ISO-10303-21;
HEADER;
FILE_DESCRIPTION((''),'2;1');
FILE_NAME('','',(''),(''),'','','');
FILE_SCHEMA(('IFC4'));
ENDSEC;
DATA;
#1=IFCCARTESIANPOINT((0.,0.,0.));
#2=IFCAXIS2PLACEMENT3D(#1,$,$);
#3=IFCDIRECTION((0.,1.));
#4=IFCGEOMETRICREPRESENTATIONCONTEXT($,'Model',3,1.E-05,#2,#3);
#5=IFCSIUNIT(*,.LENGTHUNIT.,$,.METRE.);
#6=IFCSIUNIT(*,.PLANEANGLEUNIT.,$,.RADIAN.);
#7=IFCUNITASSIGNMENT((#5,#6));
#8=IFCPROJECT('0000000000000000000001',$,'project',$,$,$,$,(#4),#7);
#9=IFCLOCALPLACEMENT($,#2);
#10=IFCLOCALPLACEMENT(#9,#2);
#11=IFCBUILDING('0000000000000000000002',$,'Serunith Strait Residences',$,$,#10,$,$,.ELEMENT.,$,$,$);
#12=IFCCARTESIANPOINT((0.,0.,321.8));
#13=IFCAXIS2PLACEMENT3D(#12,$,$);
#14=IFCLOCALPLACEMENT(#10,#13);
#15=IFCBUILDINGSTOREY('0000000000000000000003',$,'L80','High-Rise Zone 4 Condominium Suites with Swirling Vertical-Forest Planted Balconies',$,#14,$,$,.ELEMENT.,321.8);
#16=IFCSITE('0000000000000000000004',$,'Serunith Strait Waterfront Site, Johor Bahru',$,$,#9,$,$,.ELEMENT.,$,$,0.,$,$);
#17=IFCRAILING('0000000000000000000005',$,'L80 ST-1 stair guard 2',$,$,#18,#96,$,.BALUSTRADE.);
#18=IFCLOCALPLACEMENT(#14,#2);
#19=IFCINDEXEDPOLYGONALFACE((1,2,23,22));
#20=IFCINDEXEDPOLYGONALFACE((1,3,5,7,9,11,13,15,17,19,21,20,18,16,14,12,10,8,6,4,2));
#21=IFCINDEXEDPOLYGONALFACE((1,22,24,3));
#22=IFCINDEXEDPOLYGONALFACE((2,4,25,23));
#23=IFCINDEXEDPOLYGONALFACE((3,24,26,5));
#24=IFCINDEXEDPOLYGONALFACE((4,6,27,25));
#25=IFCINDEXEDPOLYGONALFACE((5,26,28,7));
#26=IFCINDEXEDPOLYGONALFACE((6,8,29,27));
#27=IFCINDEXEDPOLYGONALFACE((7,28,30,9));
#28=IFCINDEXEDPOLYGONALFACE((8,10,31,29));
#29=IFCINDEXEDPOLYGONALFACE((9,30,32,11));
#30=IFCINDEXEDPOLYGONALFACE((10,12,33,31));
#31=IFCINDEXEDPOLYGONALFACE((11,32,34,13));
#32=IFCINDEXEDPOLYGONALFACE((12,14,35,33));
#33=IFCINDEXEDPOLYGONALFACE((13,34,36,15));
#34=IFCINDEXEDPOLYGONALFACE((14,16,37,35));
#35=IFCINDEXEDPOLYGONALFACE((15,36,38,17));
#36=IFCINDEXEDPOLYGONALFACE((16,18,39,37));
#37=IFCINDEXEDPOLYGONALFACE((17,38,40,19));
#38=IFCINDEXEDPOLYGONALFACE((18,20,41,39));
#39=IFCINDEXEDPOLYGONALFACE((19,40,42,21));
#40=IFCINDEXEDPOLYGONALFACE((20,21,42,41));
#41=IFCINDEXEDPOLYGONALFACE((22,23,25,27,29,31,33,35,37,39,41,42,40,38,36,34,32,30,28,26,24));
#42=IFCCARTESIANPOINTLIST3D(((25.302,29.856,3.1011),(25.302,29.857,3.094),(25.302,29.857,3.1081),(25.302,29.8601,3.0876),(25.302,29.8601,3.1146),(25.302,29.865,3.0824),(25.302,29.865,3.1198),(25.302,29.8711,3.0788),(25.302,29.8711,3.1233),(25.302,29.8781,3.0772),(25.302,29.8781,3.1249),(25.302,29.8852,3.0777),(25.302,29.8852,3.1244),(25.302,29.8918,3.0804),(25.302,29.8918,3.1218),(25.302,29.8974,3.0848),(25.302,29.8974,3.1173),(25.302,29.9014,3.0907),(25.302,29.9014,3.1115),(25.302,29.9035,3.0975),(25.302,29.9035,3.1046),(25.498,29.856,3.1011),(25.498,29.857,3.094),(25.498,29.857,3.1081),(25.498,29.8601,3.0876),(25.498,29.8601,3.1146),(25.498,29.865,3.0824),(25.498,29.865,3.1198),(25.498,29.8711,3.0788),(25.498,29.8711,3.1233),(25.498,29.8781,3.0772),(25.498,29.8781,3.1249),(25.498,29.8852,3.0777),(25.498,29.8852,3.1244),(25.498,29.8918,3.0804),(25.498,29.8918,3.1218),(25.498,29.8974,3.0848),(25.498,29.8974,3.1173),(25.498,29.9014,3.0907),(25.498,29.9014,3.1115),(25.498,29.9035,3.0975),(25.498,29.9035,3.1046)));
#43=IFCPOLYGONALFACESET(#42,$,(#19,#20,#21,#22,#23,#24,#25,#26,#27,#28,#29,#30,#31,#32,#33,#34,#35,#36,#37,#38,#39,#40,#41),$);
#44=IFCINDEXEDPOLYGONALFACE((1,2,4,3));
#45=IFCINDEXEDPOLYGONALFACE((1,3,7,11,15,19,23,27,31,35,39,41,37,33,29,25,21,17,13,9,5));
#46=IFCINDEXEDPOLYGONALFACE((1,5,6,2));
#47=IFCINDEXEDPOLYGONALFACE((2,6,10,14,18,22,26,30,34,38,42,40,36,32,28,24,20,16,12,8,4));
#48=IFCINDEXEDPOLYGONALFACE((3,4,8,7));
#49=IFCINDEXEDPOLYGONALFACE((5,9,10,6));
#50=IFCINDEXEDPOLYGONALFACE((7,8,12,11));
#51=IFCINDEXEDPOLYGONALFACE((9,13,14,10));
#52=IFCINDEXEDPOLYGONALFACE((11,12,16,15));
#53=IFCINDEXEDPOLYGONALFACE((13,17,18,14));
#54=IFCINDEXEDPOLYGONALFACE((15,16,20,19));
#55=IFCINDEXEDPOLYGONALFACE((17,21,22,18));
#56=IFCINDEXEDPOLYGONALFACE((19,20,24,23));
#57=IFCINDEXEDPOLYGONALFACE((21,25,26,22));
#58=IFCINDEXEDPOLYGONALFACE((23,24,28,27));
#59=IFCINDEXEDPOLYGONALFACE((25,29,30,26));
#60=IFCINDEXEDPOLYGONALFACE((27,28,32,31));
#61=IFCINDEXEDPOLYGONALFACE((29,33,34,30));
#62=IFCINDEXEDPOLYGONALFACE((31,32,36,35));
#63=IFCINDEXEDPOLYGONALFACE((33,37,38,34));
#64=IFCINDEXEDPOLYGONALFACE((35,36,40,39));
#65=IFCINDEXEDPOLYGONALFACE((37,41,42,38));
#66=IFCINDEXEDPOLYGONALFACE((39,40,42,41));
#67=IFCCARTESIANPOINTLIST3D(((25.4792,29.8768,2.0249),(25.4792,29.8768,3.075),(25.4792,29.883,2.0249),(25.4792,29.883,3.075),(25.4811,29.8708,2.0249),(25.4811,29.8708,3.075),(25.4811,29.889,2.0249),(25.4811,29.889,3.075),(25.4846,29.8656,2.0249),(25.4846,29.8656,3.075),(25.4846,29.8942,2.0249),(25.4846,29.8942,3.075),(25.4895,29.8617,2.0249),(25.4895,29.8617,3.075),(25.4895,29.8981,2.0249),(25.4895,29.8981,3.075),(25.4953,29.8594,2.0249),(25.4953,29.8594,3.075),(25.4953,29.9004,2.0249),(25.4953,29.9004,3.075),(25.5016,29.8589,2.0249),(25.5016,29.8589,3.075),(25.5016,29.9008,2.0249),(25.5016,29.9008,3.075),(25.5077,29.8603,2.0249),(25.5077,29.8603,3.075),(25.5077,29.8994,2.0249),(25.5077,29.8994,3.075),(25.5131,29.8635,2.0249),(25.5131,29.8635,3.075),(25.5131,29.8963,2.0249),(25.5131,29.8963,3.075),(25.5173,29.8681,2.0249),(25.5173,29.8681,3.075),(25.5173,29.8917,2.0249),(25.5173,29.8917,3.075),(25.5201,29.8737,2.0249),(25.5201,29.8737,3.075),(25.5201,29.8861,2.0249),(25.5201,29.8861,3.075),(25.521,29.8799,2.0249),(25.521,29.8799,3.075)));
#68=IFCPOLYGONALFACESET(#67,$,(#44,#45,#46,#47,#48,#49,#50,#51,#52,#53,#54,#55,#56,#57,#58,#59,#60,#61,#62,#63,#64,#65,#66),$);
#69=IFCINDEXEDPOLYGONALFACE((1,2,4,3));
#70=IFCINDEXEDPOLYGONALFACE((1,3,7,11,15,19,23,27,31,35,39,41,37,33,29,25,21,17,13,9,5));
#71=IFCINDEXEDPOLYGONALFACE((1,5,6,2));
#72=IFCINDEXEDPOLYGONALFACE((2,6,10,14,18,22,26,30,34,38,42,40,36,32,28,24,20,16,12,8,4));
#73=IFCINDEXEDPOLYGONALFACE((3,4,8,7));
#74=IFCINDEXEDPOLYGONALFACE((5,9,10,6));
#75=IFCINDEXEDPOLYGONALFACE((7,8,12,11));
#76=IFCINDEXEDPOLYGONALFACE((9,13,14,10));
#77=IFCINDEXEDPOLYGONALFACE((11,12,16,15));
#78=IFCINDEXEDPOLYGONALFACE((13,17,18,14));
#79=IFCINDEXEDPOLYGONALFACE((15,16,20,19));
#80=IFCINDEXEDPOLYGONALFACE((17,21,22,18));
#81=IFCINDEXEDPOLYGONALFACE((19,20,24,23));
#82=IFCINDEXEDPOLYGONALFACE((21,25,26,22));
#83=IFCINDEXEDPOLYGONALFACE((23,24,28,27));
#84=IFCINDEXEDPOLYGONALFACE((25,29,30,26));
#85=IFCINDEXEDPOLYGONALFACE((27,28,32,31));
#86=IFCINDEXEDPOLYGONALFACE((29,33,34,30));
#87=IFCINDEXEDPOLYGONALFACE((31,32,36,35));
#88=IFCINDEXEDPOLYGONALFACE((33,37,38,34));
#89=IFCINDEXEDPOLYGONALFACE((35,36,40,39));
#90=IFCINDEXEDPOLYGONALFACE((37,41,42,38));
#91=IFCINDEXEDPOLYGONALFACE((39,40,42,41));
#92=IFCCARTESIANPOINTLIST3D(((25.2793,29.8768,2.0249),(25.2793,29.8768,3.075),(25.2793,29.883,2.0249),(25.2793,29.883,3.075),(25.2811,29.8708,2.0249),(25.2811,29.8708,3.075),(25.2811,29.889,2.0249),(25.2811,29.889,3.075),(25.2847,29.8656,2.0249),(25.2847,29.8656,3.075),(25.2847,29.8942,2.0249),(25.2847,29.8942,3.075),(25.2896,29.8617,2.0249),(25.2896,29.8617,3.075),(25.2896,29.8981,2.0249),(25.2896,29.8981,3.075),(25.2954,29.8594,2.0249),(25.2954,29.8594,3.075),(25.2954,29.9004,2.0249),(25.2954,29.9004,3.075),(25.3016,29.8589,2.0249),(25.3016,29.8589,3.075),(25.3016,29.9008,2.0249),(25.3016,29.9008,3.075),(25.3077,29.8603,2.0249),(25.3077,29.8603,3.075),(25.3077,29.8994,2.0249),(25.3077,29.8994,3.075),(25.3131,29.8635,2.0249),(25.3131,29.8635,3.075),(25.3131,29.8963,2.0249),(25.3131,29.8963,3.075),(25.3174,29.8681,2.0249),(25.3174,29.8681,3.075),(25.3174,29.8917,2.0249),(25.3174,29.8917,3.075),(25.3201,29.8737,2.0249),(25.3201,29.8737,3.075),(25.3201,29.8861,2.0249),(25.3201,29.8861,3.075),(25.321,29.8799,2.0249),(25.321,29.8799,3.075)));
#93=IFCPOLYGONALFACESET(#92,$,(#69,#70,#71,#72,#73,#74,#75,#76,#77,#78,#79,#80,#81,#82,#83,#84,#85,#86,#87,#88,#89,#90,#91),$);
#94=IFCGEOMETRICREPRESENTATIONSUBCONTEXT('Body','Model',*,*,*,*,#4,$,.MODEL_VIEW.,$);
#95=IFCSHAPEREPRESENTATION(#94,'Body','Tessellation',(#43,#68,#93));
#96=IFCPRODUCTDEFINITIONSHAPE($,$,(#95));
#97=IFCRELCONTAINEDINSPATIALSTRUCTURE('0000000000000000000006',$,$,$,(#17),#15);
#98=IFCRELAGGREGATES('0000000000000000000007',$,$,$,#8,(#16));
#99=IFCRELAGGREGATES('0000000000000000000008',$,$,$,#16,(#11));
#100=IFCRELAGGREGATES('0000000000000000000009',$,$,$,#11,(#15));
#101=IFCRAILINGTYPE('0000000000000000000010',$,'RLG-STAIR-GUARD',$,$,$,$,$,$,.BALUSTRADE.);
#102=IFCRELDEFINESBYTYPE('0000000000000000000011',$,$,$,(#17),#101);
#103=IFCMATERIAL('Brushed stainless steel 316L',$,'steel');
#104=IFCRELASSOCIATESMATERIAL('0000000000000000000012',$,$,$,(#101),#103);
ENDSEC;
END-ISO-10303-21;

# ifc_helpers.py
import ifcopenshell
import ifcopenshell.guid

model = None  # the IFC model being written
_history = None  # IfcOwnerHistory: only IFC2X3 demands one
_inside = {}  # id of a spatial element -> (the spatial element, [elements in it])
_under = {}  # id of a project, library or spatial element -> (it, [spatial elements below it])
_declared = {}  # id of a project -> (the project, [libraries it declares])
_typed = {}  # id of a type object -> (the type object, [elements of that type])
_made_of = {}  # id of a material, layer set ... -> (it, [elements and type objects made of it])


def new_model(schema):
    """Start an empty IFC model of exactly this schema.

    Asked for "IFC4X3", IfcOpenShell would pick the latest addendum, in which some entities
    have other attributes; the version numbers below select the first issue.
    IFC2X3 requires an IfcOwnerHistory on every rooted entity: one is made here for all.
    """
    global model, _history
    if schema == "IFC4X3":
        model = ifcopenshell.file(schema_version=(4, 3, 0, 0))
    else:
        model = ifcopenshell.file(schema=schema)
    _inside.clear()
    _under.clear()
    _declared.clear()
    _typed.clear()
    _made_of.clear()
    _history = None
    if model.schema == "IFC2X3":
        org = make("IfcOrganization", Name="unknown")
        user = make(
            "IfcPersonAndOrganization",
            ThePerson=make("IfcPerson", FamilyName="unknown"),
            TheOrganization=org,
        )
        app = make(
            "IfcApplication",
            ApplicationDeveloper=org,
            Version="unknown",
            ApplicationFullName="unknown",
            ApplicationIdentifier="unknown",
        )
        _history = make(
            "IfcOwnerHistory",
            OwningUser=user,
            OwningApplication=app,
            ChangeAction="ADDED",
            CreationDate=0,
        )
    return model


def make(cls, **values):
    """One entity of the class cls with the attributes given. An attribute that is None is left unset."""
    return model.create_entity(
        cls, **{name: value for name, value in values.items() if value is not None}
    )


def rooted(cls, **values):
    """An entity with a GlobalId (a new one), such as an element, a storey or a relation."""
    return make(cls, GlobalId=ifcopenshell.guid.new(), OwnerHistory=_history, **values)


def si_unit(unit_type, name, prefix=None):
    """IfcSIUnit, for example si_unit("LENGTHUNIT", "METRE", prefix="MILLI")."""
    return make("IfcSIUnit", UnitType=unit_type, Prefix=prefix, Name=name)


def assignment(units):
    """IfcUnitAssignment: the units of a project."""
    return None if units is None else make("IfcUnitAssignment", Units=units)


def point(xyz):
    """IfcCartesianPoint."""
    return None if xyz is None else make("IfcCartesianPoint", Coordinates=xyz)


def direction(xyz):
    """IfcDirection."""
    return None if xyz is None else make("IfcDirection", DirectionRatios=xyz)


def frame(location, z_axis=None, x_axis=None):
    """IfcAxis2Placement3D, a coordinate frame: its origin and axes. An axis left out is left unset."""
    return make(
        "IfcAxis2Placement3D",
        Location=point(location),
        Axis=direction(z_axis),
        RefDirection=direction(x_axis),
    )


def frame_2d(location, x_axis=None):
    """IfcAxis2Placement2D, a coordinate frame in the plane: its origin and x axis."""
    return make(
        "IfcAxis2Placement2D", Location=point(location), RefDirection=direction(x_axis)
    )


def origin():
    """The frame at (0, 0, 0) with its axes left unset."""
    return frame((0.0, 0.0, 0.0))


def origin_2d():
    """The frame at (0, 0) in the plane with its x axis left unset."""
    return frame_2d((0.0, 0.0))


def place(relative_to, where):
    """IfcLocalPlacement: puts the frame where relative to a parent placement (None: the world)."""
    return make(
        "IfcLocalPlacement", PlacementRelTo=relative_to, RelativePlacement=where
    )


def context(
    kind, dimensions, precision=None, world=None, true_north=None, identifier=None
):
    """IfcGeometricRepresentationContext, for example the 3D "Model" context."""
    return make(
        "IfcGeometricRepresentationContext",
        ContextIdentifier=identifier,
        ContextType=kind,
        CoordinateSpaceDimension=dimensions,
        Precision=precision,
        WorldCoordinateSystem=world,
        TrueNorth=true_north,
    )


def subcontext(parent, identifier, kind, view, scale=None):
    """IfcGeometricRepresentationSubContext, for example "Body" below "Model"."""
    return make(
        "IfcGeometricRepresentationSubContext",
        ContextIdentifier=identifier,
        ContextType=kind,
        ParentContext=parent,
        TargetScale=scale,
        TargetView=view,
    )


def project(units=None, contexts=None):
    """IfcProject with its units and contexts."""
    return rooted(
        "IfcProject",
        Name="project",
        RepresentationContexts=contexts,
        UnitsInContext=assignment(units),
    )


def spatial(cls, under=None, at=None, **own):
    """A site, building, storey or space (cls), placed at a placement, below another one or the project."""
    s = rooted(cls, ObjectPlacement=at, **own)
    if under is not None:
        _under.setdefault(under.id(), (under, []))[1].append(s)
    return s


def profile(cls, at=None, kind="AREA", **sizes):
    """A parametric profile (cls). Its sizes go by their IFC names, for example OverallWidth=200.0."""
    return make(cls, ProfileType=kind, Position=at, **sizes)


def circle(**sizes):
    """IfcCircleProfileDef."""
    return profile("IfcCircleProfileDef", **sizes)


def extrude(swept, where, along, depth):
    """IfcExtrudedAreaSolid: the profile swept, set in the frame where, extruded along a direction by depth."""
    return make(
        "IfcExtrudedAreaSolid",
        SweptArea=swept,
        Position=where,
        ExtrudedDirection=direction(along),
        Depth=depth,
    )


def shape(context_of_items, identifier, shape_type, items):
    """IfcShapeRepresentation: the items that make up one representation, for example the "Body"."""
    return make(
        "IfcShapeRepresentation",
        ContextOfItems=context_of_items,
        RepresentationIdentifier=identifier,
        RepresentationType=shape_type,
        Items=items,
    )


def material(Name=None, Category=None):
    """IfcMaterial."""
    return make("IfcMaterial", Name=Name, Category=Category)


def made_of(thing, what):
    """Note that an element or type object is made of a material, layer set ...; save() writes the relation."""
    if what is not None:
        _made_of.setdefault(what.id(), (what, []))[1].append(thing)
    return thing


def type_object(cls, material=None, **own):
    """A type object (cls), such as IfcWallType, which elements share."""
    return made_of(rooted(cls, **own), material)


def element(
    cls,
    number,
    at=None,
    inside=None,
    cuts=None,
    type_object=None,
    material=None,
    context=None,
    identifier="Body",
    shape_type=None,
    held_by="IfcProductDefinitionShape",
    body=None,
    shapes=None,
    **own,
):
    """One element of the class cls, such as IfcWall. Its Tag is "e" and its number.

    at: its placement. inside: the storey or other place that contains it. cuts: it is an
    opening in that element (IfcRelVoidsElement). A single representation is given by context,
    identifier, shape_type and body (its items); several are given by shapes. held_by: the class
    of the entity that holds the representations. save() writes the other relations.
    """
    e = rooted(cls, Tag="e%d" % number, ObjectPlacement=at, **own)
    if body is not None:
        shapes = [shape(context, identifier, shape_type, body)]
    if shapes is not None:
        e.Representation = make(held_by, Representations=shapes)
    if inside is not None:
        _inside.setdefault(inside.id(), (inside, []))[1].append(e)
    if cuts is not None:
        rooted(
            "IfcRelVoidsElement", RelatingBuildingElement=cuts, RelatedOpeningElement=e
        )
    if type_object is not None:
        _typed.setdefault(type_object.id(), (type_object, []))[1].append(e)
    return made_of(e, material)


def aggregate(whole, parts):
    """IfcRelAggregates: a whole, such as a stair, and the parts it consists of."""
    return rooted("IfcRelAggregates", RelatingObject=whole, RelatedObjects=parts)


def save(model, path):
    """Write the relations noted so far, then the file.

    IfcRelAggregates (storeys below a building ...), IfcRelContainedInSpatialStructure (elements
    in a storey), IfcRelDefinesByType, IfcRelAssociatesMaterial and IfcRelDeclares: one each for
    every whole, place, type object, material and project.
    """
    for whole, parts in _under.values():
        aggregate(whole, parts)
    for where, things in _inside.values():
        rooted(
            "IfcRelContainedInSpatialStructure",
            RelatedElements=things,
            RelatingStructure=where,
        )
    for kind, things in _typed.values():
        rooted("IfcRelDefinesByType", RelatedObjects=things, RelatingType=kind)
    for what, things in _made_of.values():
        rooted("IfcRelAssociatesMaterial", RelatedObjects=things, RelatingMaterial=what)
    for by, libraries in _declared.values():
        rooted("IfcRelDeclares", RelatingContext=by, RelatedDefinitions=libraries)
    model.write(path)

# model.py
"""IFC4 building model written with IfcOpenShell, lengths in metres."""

from ifc_helpers import new_model, si_unit, direction, frame, origin, origin_2d, place, context, subcontext, project, spatial, circle, extrude, material, type_object, element, save


model = new_model("IFC4")

# Units and contexts
model_context = context("Model", 3, precision=1e-05, world=origin(), true_north=direction((0.0, 1.0)))
body_context = subcontext(model_context, "Body", "Model", "MODEL_VIEW")
ifc_project = project(units=[si_unit("LENGTHUNIT", "METRE"), si_unit("PLANEANGLEUNIT", "RADIAN")], contexts=[model_context])

# Site, building, storey
site_placement = place(None, origin())
site = spatial("IfcSite", under=ifc_project, at=site_placement, Name="Serunith Strait Waterfront Site, Johor Bahru", CompositionType="ELEMENT", RefElevation=0.0)
building_placement = place(site_placement, origin())
building = spatial("IfcBuilding", under=site, at=building_placement, Name="Serunith Strait Residences", CompositionType="ELEMENT")
storey_placement = place(building_placement, frame((0.0, 0.0, 321.8)))
storey = spatial("IfcBuildingStorey", under=building, at=storey_placement, Name="L80", Description="High-Rise Zone 4 Condominium Suites with Swirling Vertical-Forest Planted Balconies", CompositionType="ELEMENT", Elevation=321.8)

# Railing
ifc_material_1 = material(Name="Brushed stainless steel 316L", Category="steel")
railing_type_1 = type_object("IfcRailingType", Name="RLG-STAIR-GUARD", PredefinedType="BALUSTRADE", material=ifc_material_1)
railing_1_placement = place(storey_placement, frame((25.5, 29.8799, 2.0249)))
element("IfcRailing", 1, at=railing_1_placement, inside=storey, type_object=railing_type_1, Name="L80 ST-1 stair guard 2", PredefinedType="BALUSTRADE", context=body_context, shape_type="SweptSolid", body=[
    extrude(circle(Radius=0.0239, at=origin_2d()), frame((-0.002, 0.0, 1.0762), z_axis=(-1.0, 0.0, 0.0), x_axis=(0.0, -1.0, 0.0)), (0.0, 0.0, 1.0), 0.196),
    extrude(circle(Radius=0.021, at=origin_2d()), origin(), (0.0, 0.0, 1.0), 1.05),
    extrude(circle(Radius=0.021, at=origin_2d()), frame((-0.2, 0.0, 0.0)), (0.0, 0.0, 1.0), 1.05),
])

save(model, "model.ifc")
